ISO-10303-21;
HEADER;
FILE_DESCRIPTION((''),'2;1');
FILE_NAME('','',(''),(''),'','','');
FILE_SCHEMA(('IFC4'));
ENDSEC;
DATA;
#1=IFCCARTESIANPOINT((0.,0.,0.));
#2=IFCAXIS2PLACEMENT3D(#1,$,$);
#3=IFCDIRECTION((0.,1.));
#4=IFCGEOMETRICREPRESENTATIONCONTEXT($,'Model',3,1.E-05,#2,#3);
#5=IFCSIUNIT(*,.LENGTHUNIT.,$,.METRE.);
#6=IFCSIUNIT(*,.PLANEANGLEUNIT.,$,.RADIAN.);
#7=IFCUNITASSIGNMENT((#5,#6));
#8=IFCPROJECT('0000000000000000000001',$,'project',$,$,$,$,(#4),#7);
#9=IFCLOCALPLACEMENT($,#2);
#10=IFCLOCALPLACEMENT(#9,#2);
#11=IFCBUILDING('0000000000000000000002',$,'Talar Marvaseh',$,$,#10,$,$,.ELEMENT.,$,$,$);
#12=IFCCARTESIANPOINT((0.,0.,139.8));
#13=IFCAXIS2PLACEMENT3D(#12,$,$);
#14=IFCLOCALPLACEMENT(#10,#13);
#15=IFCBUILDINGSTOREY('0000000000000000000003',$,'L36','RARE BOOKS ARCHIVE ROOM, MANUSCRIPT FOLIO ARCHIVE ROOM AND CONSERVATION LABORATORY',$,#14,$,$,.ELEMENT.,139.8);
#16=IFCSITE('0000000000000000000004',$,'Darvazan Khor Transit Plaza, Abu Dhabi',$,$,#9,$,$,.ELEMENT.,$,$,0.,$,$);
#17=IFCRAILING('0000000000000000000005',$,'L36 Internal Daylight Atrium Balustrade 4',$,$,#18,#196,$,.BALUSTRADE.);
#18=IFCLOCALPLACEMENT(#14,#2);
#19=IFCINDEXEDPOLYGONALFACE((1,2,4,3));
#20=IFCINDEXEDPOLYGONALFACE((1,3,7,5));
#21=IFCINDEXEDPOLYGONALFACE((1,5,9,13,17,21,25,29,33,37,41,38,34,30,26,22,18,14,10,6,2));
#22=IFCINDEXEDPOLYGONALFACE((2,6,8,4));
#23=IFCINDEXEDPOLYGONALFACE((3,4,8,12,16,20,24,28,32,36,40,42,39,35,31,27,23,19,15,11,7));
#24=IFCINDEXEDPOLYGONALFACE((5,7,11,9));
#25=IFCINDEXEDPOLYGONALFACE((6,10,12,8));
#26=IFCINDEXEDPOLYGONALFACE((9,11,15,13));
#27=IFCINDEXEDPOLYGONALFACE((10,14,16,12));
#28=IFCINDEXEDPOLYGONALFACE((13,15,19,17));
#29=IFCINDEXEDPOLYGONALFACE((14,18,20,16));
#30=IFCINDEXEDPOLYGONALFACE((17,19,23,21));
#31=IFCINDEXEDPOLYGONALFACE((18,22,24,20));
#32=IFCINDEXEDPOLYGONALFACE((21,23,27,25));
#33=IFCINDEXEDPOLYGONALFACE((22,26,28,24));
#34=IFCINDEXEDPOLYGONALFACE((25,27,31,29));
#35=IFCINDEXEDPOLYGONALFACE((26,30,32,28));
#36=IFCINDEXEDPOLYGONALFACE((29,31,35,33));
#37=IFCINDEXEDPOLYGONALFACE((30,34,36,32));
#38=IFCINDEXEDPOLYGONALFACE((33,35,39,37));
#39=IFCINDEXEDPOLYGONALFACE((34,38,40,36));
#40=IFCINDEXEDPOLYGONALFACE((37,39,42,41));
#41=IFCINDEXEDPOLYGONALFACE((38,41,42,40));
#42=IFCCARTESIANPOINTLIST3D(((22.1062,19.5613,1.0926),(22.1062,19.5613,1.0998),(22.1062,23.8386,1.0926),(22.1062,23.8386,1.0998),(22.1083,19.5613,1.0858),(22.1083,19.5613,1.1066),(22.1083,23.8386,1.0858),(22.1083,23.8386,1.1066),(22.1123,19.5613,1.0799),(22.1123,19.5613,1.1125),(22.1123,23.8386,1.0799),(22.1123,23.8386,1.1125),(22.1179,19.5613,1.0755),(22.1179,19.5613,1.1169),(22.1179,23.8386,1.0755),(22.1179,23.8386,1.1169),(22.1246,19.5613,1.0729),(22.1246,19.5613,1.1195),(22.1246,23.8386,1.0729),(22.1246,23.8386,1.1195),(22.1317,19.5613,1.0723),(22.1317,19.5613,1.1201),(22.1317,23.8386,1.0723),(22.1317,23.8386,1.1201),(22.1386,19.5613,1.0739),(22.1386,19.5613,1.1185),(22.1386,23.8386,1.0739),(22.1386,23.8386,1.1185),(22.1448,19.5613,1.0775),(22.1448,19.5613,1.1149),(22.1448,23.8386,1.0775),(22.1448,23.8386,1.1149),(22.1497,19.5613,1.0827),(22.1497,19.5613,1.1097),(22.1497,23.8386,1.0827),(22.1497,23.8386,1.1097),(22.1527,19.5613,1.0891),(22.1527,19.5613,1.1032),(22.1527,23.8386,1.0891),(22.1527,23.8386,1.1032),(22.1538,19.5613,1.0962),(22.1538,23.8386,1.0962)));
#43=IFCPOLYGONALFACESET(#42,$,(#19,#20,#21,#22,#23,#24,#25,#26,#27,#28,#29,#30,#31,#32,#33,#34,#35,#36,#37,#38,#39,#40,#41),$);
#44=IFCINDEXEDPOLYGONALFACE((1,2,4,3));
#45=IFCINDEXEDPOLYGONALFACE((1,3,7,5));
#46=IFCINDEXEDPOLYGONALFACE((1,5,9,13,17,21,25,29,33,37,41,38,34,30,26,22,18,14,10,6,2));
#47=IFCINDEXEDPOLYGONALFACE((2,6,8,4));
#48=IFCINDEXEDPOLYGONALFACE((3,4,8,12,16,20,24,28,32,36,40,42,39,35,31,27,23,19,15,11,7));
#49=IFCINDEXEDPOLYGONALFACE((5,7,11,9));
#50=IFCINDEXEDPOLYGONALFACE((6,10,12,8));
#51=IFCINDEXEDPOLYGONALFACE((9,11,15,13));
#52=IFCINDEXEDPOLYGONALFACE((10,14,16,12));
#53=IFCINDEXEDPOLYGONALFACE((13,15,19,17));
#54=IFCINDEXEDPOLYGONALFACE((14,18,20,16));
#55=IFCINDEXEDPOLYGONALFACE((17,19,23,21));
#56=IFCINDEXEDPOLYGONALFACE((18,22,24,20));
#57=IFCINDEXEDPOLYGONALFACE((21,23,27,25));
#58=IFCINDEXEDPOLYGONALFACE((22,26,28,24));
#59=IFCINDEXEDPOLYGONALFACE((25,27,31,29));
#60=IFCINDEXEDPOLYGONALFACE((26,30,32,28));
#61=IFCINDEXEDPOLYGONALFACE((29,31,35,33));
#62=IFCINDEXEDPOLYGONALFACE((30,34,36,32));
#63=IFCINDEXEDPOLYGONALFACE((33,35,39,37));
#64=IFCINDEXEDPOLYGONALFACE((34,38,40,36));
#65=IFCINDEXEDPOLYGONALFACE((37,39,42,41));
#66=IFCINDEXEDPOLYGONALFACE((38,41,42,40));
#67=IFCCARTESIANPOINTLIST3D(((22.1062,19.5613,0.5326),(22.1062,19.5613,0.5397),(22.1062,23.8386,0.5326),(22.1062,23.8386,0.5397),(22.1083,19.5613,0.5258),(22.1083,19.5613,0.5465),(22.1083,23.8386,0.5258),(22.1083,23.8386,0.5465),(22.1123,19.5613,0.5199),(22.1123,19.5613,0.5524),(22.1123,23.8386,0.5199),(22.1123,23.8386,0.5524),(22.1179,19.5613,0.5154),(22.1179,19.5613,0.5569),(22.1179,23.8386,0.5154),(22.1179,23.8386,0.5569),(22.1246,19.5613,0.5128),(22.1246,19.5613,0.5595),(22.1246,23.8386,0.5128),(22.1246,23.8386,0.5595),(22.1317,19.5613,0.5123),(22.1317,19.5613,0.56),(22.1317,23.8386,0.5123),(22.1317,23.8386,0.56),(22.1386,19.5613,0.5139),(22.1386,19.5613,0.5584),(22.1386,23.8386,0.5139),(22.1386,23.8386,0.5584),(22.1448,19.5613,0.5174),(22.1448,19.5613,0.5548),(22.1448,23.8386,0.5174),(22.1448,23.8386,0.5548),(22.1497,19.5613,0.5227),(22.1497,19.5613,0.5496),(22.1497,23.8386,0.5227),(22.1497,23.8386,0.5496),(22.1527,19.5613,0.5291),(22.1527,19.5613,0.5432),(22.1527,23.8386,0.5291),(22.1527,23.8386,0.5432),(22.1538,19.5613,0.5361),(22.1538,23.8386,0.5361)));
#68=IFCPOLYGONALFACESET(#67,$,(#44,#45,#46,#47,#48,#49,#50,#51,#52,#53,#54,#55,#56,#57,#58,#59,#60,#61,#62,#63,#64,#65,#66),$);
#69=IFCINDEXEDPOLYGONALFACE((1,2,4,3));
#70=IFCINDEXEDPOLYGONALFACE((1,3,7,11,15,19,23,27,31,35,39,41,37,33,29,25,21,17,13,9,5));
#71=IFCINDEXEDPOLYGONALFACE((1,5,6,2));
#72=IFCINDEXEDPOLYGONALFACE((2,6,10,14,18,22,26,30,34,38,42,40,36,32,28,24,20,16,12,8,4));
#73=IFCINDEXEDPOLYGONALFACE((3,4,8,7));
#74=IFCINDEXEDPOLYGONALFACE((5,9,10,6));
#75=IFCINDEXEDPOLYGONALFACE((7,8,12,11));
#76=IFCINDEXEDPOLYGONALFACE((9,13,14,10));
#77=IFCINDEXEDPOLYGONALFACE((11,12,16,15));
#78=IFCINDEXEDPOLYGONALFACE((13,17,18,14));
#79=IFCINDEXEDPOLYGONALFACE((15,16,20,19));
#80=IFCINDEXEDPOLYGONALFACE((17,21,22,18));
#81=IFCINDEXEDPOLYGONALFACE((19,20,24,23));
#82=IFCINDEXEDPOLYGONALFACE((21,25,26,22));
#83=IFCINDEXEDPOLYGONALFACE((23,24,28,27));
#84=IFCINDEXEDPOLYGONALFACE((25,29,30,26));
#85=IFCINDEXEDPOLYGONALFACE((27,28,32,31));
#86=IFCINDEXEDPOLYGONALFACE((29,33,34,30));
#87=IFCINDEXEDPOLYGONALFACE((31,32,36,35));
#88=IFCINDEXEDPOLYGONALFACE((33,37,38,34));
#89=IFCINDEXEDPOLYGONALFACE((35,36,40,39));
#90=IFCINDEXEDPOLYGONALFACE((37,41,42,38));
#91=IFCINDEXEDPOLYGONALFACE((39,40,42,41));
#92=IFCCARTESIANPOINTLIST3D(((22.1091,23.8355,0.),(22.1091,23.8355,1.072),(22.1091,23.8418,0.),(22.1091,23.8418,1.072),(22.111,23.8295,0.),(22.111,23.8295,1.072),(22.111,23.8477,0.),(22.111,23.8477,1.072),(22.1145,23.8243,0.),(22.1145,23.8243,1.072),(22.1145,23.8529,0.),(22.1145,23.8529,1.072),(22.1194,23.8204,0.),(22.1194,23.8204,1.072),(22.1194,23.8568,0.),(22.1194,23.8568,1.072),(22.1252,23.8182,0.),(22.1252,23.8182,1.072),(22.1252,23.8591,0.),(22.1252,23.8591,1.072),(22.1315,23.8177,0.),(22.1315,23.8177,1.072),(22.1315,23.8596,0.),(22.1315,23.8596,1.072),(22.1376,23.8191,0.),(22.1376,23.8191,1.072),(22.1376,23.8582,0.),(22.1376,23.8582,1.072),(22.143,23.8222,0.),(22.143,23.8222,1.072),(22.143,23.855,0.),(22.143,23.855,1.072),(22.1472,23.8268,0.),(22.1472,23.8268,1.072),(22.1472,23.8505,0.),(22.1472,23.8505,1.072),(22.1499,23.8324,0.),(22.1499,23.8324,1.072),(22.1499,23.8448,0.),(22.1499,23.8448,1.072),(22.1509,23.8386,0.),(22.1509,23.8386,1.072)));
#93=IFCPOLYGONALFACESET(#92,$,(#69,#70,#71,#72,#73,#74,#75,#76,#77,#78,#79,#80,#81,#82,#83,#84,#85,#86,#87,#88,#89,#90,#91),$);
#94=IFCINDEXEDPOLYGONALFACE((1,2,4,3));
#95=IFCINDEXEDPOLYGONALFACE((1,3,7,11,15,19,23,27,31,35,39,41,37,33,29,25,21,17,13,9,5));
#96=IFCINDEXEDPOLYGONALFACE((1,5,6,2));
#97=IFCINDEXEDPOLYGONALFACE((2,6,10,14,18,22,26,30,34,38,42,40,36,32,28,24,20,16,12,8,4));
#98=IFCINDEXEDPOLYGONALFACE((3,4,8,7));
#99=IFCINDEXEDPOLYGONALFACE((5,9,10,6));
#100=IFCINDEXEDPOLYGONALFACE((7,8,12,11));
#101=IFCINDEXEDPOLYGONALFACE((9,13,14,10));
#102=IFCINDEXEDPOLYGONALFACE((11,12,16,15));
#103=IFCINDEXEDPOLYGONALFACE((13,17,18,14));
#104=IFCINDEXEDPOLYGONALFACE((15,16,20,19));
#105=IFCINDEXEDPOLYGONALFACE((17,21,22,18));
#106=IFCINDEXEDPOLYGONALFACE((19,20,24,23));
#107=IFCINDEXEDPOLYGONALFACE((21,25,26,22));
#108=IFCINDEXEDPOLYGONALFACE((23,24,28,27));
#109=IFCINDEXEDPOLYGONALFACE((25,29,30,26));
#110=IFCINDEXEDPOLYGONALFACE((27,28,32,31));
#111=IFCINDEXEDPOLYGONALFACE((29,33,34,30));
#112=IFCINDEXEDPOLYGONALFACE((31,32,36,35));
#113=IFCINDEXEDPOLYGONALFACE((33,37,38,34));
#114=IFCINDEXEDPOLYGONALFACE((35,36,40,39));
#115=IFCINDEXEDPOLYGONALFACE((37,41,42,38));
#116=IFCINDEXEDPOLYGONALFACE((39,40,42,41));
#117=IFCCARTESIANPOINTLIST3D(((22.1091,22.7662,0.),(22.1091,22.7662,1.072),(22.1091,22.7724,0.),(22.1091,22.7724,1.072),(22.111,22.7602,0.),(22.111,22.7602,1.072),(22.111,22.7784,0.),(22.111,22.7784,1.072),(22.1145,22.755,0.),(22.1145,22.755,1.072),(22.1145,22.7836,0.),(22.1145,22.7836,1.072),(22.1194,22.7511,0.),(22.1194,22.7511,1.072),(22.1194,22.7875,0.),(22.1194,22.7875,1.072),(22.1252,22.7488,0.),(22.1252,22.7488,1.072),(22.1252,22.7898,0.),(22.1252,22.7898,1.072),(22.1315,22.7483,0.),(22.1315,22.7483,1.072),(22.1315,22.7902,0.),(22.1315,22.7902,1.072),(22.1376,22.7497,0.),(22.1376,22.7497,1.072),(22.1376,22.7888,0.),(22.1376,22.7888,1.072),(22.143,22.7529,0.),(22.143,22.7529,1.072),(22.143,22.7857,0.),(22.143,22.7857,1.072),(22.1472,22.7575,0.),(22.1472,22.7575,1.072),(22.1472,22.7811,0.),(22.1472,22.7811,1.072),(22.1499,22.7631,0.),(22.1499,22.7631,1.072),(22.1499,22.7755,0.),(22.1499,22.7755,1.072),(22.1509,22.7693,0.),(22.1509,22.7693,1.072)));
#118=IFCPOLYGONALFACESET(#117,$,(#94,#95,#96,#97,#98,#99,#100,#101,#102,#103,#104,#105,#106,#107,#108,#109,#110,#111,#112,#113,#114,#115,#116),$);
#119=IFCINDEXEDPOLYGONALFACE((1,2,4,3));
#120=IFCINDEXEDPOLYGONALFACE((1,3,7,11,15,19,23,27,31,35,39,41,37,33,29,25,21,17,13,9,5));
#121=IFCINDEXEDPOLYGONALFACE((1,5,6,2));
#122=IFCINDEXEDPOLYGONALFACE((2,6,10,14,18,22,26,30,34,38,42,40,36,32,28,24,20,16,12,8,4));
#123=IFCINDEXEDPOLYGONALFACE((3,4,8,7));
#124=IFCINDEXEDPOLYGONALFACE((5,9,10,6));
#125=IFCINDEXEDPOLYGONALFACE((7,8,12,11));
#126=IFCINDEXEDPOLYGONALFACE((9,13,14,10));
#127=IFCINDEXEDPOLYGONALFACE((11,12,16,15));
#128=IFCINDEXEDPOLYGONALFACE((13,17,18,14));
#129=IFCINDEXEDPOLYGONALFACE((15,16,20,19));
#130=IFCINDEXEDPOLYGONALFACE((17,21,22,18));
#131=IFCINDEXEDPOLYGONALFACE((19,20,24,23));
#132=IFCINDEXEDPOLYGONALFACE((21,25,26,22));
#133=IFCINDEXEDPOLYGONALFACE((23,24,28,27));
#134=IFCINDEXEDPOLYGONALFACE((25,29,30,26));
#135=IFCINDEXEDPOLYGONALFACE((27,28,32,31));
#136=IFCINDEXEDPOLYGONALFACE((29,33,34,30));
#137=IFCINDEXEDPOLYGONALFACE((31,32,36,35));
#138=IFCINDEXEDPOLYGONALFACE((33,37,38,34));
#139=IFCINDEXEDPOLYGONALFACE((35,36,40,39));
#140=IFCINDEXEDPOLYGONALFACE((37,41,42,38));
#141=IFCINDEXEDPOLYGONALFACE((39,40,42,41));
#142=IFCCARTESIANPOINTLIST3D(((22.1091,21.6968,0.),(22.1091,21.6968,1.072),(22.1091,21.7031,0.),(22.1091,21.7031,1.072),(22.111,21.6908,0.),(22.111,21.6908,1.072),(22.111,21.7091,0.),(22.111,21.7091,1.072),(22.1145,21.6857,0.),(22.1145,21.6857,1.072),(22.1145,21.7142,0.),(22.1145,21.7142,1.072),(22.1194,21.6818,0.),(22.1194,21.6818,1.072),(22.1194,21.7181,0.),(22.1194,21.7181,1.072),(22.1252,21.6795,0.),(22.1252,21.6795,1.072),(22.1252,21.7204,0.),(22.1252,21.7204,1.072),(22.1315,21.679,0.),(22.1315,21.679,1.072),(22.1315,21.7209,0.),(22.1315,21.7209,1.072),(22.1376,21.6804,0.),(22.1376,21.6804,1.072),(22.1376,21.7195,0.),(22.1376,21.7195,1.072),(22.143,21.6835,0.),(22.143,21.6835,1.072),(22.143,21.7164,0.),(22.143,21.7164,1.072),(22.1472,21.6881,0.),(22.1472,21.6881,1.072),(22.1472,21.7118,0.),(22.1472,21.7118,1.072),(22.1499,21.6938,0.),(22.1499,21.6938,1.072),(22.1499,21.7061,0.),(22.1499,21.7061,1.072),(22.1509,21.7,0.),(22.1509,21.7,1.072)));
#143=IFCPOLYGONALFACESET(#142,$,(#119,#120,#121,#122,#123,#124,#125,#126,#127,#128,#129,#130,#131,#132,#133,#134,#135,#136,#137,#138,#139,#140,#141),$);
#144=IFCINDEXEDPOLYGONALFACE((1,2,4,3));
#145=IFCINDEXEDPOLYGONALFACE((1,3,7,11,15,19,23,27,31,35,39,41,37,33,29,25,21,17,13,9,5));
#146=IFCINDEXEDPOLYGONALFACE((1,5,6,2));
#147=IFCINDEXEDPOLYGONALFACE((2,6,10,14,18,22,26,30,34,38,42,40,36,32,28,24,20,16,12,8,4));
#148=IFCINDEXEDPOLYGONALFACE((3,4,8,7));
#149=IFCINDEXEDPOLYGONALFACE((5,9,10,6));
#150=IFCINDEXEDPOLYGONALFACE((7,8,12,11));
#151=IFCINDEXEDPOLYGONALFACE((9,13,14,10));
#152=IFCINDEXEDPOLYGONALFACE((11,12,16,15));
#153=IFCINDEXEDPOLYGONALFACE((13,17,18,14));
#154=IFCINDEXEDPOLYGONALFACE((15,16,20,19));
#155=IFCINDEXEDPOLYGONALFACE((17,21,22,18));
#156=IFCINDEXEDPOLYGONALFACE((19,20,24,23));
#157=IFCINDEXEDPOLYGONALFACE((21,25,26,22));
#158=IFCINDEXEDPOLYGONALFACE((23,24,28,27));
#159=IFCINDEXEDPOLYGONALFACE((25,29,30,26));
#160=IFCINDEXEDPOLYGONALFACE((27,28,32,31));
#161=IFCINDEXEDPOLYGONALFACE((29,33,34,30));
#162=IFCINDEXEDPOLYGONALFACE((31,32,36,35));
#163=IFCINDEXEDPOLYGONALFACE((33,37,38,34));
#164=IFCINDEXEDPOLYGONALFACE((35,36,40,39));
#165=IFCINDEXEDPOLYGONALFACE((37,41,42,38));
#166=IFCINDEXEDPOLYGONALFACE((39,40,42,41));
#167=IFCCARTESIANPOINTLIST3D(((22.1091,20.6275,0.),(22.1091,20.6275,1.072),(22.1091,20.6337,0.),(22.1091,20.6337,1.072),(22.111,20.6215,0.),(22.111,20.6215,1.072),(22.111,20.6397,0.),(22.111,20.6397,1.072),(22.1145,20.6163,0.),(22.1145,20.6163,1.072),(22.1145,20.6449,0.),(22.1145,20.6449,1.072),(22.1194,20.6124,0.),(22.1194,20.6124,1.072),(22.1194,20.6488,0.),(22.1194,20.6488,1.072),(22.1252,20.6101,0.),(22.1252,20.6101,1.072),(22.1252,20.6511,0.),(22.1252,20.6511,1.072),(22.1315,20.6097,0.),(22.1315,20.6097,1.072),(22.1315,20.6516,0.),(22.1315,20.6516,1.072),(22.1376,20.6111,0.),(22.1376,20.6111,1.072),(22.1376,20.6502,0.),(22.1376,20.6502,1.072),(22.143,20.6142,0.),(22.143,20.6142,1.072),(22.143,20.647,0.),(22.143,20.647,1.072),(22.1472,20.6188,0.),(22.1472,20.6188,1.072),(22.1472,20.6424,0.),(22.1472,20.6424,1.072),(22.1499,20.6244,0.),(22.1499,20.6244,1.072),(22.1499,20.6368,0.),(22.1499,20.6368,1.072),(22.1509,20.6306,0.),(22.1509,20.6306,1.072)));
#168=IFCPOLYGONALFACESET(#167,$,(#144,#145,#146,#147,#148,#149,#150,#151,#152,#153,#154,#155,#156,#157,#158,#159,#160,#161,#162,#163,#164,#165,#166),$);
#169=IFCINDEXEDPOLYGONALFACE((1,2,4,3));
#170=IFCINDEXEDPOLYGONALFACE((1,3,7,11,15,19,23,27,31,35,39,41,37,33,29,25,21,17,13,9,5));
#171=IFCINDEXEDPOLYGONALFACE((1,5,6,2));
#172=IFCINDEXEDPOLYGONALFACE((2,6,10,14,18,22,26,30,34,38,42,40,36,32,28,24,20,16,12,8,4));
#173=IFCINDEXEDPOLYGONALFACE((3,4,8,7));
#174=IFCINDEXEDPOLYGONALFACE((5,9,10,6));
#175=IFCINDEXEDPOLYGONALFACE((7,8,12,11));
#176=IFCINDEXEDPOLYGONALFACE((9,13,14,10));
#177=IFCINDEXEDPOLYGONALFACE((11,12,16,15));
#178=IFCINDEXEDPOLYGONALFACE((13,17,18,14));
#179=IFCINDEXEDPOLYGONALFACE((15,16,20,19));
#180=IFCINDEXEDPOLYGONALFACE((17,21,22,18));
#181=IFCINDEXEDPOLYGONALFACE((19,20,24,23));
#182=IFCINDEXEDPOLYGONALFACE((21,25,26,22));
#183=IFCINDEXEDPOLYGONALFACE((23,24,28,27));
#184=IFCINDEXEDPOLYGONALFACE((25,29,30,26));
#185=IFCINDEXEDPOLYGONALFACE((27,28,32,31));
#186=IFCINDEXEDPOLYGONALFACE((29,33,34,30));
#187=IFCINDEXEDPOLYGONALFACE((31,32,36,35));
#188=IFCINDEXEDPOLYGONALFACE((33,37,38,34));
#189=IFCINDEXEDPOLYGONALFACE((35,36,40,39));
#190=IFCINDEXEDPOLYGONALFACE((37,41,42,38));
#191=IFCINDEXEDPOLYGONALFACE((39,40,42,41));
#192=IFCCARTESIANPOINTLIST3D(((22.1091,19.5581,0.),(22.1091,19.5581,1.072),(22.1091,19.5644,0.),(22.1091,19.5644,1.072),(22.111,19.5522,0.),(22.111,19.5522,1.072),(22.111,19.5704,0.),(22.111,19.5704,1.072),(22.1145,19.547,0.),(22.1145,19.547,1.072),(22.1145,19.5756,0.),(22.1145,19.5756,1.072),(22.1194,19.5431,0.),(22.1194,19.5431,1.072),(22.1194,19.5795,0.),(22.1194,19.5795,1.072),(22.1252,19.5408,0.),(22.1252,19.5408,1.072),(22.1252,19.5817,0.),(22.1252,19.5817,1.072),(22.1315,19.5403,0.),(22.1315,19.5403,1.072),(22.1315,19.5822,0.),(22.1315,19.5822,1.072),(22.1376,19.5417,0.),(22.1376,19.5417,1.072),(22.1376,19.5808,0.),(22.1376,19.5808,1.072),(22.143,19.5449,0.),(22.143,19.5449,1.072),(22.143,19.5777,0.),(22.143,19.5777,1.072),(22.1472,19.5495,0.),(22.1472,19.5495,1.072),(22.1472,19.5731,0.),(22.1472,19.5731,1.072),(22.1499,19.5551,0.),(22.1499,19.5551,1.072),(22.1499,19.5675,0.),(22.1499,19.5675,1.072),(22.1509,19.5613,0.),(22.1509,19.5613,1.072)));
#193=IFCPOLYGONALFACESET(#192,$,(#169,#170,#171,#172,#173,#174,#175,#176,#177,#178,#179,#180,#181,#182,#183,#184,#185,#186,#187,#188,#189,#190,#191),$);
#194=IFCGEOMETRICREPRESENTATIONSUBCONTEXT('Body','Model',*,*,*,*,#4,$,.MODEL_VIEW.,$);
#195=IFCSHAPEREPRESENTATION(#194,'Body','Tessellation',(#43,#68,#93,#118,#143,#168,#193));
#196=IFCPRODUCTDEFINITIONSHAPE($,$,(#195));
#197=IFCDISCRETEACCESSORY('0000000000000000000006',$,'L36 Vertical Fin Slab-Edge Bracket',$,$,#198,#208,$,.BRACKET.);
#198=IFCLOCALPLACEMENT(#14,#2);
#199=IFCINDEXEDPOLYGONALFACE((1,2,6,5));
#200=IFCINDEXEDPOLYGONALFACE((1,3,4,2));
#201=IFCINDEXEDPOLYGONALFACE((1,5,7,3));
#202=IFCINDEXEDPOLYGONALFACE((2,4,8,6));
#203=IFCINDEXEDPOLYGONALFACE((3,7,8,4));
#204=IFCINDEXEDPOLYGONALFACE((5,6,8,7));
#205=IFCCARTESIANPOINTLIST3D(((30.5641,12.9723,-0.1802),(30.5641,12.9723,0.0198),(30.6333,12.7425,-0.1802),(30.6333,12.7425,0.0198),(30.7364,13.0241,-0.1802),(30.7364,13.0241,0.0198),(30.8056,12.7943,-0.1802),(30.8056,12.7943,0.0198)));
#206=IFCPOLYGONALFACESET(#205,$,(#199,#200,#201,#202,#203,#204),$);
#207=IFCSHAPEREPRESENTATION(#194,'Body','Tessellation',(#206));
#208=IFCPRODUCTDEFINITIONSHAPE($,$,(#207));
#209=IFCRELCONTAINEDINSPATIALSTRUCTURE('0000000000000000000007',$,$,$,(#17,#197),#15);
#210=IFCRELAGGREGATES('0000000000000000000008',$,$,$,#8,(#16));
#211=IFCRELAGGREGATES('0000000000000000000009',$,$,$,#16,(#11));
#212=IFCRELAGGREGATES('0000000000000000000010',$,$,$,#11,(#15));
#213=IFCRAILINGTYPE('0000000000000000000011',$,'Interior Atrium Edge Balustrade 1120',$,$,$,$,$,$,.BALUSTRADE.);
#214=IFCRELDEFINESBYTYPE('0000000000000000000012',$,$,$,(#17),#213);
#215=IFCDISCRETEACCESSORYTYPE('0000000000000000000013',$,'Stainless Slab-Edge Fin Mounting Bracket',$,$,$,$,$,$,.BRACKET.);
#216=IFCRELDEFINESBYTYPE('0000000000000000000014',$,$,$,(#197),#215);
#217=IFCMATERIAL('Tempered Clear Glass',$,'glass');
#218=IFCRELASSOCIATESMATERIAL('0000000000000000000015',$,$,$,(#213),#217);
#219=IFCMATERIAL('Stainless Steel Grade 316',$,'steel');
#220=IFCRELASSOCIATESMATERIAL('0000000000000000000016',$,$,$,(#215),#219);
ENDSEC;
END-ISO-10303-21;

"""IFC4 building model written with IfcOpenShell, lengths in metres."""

from ifc_helpers import new_model, si_unit, direction, frame, origin, origin_2d, place, context, subcontext, project, spatial, rectangle, circle, extrude, source, transform, mapped, material, type_object, type_shapes, element, save


model = new_model("IFC4")

# Units and contexts
model_context = context("Model", 3, precision=1e-05, world=origin(), true_north=direction((0.0, 1.0)))
body_context = subcontext(model_context, "Body", "Model", "MODEL_VIEW")
ifc_project = project(units=[si_unit("LENGTHUNIT", "METRE"), si_unit("PLANEANGLEUNIT", "RADIAN")], contexts=[model_context])

# Site, building, storey
site_placement = place(None, origin())
site = spatial("IfcSite", under=ifc_project, at=site_placement, Name="Darvazan Khor Transit Plaza, Abu Dhabi", CompositionType="ELEMENT", RefElevation=0.0)
building_placement = place(site_placement, origin())
building = spatial("IfcBuilding", under=site, at=building_placement, Name="Talar Marvaseh", CompositionType="ELEMENT")
storey_placement = place(building_placement, frame((0.0, 0.0, 139.8)))
storey = spatial("IfcBuildingStorey", under=building, at=storey_placement, Name="L36", Description="RARE BOOKS ARCHIVE ROOM, MANUSCRIPT FOLIO ARCHIVE ROOM AND CONSERVATION LABORATORY", CompositionType="ELEMENT", Elevation=139.8)

# Railing
ifc_material_1 = material(Name="Stainless Steel Grade 316", Category="steel")
ifc_material_2 = material(Name="Tempered Clear Glass", Category="glass")
railing_type_1 = type_object("IfcRailingType", Name="Interior Atrium Edge Balustrade 1120", PredefinedType="BALUSTRADE", material=ifc_material_2)
railing_1_placement = place(storey_placement, frame((22.1299, 23.8386, 0.0)))
element("IfcRailing", 1, at=railing_1_placement, inside=storey, type_object=railing_type_1, Name="L36 Internal Daylight Atrium Balustrade 4", PredefinedType="BALUSTRADE", context=body_context, shape_type="SweptSolid", body=[
    extrude(circle(Radius=0.0239, at=origin_2d()), frame((0.0, 0.0, 1.0962), z_axis=(0.0, -1.0, 0.0), x_axis=(1.0, 0.0, 0.0)), (0.0, 0.0, 1.0), 4.2773),
    extrude(circle(Radius=0.0239, at=origin_2d()), frame((0.0, 0.0, 0.5361), z_axis=(0.0, -1.0, 0.0), x_axis=(1.0, 0.0, 0.0)), (0.0, 0.0, 1.0), 4.2773),
    extrude(circle(Radius=0.021, at=origin_2d()), origin(), (0.0, 0.0, 1.0), 1.072),
    extrude(circle(Radius=0.021, at=origin_2d()), frame((0.0, -1.0693, 0.0)), (0.0, 0.0, 1.0), 1.072),
    extrude(circle(Radius=0.021, at=origin_2d()), frame((0.0, -2.1387, 0.0)), (0.0, 0.0, 1.0), 1.072),
    extrude(circle(Radius=0.021, at=origin_2d()), frame((0.0, -3.208, 0.0)), (0.0, 0.0, 1.0), 1.072),
    extrude(circle(Radius=0.021, at=origin_2d()), frame((0.0, -4.2773, 0.0)), (0.0, 0.0, 1.0), 1.072),
])

# Discrete accessory
discrete_accessory_type = type_object("IfcDiscreteAccessoryType", Name="Stainless Slab-Edge Fin Mounting Bracket", PredefinedType="BRACKET", material=ifc_material_1)
shared_shape_1 = source(origin(), body_context, "Body", "SweptSolid", [
    extrude(rectangle(XDim=0.24, YDim=0.1799, at=origin_2d()), origin(), (0.0, 0.0, 1.0), 0.2),
])
type_shapes(discrete_accessory_type, [shared_shape_1])
for number, where, z_axis, x_axis, name in (
    (2, (30.6848, 12.8833, -0.1802), (0.0, 0.0, 1.0), (0.288363, -0.957521, 0.0), "L36 Vertical Fin Slab-Edge Bracket"),
):
    element("IfcDiscreteAccessory", number, at=place(storey_placement, frame(where, z_axis=z_axis, x_axis=x_axis)), inside=storey, type_object=discrete_accessory_type, Name=name, PredefinedType="BRACKET", context=body_context, shape_type="MappedRepresentation", body=[
        mapped(shared_shape_1, transform((0.0, 0.0, 0.0), x_axis=(1.0, 0.0, 0.0), y_axis=(0.0, 1.0, 0.0), z_axis=(0.0, 0.0, 1.0), scale=1.0)),
    ])

save(model, "model.ifc")
